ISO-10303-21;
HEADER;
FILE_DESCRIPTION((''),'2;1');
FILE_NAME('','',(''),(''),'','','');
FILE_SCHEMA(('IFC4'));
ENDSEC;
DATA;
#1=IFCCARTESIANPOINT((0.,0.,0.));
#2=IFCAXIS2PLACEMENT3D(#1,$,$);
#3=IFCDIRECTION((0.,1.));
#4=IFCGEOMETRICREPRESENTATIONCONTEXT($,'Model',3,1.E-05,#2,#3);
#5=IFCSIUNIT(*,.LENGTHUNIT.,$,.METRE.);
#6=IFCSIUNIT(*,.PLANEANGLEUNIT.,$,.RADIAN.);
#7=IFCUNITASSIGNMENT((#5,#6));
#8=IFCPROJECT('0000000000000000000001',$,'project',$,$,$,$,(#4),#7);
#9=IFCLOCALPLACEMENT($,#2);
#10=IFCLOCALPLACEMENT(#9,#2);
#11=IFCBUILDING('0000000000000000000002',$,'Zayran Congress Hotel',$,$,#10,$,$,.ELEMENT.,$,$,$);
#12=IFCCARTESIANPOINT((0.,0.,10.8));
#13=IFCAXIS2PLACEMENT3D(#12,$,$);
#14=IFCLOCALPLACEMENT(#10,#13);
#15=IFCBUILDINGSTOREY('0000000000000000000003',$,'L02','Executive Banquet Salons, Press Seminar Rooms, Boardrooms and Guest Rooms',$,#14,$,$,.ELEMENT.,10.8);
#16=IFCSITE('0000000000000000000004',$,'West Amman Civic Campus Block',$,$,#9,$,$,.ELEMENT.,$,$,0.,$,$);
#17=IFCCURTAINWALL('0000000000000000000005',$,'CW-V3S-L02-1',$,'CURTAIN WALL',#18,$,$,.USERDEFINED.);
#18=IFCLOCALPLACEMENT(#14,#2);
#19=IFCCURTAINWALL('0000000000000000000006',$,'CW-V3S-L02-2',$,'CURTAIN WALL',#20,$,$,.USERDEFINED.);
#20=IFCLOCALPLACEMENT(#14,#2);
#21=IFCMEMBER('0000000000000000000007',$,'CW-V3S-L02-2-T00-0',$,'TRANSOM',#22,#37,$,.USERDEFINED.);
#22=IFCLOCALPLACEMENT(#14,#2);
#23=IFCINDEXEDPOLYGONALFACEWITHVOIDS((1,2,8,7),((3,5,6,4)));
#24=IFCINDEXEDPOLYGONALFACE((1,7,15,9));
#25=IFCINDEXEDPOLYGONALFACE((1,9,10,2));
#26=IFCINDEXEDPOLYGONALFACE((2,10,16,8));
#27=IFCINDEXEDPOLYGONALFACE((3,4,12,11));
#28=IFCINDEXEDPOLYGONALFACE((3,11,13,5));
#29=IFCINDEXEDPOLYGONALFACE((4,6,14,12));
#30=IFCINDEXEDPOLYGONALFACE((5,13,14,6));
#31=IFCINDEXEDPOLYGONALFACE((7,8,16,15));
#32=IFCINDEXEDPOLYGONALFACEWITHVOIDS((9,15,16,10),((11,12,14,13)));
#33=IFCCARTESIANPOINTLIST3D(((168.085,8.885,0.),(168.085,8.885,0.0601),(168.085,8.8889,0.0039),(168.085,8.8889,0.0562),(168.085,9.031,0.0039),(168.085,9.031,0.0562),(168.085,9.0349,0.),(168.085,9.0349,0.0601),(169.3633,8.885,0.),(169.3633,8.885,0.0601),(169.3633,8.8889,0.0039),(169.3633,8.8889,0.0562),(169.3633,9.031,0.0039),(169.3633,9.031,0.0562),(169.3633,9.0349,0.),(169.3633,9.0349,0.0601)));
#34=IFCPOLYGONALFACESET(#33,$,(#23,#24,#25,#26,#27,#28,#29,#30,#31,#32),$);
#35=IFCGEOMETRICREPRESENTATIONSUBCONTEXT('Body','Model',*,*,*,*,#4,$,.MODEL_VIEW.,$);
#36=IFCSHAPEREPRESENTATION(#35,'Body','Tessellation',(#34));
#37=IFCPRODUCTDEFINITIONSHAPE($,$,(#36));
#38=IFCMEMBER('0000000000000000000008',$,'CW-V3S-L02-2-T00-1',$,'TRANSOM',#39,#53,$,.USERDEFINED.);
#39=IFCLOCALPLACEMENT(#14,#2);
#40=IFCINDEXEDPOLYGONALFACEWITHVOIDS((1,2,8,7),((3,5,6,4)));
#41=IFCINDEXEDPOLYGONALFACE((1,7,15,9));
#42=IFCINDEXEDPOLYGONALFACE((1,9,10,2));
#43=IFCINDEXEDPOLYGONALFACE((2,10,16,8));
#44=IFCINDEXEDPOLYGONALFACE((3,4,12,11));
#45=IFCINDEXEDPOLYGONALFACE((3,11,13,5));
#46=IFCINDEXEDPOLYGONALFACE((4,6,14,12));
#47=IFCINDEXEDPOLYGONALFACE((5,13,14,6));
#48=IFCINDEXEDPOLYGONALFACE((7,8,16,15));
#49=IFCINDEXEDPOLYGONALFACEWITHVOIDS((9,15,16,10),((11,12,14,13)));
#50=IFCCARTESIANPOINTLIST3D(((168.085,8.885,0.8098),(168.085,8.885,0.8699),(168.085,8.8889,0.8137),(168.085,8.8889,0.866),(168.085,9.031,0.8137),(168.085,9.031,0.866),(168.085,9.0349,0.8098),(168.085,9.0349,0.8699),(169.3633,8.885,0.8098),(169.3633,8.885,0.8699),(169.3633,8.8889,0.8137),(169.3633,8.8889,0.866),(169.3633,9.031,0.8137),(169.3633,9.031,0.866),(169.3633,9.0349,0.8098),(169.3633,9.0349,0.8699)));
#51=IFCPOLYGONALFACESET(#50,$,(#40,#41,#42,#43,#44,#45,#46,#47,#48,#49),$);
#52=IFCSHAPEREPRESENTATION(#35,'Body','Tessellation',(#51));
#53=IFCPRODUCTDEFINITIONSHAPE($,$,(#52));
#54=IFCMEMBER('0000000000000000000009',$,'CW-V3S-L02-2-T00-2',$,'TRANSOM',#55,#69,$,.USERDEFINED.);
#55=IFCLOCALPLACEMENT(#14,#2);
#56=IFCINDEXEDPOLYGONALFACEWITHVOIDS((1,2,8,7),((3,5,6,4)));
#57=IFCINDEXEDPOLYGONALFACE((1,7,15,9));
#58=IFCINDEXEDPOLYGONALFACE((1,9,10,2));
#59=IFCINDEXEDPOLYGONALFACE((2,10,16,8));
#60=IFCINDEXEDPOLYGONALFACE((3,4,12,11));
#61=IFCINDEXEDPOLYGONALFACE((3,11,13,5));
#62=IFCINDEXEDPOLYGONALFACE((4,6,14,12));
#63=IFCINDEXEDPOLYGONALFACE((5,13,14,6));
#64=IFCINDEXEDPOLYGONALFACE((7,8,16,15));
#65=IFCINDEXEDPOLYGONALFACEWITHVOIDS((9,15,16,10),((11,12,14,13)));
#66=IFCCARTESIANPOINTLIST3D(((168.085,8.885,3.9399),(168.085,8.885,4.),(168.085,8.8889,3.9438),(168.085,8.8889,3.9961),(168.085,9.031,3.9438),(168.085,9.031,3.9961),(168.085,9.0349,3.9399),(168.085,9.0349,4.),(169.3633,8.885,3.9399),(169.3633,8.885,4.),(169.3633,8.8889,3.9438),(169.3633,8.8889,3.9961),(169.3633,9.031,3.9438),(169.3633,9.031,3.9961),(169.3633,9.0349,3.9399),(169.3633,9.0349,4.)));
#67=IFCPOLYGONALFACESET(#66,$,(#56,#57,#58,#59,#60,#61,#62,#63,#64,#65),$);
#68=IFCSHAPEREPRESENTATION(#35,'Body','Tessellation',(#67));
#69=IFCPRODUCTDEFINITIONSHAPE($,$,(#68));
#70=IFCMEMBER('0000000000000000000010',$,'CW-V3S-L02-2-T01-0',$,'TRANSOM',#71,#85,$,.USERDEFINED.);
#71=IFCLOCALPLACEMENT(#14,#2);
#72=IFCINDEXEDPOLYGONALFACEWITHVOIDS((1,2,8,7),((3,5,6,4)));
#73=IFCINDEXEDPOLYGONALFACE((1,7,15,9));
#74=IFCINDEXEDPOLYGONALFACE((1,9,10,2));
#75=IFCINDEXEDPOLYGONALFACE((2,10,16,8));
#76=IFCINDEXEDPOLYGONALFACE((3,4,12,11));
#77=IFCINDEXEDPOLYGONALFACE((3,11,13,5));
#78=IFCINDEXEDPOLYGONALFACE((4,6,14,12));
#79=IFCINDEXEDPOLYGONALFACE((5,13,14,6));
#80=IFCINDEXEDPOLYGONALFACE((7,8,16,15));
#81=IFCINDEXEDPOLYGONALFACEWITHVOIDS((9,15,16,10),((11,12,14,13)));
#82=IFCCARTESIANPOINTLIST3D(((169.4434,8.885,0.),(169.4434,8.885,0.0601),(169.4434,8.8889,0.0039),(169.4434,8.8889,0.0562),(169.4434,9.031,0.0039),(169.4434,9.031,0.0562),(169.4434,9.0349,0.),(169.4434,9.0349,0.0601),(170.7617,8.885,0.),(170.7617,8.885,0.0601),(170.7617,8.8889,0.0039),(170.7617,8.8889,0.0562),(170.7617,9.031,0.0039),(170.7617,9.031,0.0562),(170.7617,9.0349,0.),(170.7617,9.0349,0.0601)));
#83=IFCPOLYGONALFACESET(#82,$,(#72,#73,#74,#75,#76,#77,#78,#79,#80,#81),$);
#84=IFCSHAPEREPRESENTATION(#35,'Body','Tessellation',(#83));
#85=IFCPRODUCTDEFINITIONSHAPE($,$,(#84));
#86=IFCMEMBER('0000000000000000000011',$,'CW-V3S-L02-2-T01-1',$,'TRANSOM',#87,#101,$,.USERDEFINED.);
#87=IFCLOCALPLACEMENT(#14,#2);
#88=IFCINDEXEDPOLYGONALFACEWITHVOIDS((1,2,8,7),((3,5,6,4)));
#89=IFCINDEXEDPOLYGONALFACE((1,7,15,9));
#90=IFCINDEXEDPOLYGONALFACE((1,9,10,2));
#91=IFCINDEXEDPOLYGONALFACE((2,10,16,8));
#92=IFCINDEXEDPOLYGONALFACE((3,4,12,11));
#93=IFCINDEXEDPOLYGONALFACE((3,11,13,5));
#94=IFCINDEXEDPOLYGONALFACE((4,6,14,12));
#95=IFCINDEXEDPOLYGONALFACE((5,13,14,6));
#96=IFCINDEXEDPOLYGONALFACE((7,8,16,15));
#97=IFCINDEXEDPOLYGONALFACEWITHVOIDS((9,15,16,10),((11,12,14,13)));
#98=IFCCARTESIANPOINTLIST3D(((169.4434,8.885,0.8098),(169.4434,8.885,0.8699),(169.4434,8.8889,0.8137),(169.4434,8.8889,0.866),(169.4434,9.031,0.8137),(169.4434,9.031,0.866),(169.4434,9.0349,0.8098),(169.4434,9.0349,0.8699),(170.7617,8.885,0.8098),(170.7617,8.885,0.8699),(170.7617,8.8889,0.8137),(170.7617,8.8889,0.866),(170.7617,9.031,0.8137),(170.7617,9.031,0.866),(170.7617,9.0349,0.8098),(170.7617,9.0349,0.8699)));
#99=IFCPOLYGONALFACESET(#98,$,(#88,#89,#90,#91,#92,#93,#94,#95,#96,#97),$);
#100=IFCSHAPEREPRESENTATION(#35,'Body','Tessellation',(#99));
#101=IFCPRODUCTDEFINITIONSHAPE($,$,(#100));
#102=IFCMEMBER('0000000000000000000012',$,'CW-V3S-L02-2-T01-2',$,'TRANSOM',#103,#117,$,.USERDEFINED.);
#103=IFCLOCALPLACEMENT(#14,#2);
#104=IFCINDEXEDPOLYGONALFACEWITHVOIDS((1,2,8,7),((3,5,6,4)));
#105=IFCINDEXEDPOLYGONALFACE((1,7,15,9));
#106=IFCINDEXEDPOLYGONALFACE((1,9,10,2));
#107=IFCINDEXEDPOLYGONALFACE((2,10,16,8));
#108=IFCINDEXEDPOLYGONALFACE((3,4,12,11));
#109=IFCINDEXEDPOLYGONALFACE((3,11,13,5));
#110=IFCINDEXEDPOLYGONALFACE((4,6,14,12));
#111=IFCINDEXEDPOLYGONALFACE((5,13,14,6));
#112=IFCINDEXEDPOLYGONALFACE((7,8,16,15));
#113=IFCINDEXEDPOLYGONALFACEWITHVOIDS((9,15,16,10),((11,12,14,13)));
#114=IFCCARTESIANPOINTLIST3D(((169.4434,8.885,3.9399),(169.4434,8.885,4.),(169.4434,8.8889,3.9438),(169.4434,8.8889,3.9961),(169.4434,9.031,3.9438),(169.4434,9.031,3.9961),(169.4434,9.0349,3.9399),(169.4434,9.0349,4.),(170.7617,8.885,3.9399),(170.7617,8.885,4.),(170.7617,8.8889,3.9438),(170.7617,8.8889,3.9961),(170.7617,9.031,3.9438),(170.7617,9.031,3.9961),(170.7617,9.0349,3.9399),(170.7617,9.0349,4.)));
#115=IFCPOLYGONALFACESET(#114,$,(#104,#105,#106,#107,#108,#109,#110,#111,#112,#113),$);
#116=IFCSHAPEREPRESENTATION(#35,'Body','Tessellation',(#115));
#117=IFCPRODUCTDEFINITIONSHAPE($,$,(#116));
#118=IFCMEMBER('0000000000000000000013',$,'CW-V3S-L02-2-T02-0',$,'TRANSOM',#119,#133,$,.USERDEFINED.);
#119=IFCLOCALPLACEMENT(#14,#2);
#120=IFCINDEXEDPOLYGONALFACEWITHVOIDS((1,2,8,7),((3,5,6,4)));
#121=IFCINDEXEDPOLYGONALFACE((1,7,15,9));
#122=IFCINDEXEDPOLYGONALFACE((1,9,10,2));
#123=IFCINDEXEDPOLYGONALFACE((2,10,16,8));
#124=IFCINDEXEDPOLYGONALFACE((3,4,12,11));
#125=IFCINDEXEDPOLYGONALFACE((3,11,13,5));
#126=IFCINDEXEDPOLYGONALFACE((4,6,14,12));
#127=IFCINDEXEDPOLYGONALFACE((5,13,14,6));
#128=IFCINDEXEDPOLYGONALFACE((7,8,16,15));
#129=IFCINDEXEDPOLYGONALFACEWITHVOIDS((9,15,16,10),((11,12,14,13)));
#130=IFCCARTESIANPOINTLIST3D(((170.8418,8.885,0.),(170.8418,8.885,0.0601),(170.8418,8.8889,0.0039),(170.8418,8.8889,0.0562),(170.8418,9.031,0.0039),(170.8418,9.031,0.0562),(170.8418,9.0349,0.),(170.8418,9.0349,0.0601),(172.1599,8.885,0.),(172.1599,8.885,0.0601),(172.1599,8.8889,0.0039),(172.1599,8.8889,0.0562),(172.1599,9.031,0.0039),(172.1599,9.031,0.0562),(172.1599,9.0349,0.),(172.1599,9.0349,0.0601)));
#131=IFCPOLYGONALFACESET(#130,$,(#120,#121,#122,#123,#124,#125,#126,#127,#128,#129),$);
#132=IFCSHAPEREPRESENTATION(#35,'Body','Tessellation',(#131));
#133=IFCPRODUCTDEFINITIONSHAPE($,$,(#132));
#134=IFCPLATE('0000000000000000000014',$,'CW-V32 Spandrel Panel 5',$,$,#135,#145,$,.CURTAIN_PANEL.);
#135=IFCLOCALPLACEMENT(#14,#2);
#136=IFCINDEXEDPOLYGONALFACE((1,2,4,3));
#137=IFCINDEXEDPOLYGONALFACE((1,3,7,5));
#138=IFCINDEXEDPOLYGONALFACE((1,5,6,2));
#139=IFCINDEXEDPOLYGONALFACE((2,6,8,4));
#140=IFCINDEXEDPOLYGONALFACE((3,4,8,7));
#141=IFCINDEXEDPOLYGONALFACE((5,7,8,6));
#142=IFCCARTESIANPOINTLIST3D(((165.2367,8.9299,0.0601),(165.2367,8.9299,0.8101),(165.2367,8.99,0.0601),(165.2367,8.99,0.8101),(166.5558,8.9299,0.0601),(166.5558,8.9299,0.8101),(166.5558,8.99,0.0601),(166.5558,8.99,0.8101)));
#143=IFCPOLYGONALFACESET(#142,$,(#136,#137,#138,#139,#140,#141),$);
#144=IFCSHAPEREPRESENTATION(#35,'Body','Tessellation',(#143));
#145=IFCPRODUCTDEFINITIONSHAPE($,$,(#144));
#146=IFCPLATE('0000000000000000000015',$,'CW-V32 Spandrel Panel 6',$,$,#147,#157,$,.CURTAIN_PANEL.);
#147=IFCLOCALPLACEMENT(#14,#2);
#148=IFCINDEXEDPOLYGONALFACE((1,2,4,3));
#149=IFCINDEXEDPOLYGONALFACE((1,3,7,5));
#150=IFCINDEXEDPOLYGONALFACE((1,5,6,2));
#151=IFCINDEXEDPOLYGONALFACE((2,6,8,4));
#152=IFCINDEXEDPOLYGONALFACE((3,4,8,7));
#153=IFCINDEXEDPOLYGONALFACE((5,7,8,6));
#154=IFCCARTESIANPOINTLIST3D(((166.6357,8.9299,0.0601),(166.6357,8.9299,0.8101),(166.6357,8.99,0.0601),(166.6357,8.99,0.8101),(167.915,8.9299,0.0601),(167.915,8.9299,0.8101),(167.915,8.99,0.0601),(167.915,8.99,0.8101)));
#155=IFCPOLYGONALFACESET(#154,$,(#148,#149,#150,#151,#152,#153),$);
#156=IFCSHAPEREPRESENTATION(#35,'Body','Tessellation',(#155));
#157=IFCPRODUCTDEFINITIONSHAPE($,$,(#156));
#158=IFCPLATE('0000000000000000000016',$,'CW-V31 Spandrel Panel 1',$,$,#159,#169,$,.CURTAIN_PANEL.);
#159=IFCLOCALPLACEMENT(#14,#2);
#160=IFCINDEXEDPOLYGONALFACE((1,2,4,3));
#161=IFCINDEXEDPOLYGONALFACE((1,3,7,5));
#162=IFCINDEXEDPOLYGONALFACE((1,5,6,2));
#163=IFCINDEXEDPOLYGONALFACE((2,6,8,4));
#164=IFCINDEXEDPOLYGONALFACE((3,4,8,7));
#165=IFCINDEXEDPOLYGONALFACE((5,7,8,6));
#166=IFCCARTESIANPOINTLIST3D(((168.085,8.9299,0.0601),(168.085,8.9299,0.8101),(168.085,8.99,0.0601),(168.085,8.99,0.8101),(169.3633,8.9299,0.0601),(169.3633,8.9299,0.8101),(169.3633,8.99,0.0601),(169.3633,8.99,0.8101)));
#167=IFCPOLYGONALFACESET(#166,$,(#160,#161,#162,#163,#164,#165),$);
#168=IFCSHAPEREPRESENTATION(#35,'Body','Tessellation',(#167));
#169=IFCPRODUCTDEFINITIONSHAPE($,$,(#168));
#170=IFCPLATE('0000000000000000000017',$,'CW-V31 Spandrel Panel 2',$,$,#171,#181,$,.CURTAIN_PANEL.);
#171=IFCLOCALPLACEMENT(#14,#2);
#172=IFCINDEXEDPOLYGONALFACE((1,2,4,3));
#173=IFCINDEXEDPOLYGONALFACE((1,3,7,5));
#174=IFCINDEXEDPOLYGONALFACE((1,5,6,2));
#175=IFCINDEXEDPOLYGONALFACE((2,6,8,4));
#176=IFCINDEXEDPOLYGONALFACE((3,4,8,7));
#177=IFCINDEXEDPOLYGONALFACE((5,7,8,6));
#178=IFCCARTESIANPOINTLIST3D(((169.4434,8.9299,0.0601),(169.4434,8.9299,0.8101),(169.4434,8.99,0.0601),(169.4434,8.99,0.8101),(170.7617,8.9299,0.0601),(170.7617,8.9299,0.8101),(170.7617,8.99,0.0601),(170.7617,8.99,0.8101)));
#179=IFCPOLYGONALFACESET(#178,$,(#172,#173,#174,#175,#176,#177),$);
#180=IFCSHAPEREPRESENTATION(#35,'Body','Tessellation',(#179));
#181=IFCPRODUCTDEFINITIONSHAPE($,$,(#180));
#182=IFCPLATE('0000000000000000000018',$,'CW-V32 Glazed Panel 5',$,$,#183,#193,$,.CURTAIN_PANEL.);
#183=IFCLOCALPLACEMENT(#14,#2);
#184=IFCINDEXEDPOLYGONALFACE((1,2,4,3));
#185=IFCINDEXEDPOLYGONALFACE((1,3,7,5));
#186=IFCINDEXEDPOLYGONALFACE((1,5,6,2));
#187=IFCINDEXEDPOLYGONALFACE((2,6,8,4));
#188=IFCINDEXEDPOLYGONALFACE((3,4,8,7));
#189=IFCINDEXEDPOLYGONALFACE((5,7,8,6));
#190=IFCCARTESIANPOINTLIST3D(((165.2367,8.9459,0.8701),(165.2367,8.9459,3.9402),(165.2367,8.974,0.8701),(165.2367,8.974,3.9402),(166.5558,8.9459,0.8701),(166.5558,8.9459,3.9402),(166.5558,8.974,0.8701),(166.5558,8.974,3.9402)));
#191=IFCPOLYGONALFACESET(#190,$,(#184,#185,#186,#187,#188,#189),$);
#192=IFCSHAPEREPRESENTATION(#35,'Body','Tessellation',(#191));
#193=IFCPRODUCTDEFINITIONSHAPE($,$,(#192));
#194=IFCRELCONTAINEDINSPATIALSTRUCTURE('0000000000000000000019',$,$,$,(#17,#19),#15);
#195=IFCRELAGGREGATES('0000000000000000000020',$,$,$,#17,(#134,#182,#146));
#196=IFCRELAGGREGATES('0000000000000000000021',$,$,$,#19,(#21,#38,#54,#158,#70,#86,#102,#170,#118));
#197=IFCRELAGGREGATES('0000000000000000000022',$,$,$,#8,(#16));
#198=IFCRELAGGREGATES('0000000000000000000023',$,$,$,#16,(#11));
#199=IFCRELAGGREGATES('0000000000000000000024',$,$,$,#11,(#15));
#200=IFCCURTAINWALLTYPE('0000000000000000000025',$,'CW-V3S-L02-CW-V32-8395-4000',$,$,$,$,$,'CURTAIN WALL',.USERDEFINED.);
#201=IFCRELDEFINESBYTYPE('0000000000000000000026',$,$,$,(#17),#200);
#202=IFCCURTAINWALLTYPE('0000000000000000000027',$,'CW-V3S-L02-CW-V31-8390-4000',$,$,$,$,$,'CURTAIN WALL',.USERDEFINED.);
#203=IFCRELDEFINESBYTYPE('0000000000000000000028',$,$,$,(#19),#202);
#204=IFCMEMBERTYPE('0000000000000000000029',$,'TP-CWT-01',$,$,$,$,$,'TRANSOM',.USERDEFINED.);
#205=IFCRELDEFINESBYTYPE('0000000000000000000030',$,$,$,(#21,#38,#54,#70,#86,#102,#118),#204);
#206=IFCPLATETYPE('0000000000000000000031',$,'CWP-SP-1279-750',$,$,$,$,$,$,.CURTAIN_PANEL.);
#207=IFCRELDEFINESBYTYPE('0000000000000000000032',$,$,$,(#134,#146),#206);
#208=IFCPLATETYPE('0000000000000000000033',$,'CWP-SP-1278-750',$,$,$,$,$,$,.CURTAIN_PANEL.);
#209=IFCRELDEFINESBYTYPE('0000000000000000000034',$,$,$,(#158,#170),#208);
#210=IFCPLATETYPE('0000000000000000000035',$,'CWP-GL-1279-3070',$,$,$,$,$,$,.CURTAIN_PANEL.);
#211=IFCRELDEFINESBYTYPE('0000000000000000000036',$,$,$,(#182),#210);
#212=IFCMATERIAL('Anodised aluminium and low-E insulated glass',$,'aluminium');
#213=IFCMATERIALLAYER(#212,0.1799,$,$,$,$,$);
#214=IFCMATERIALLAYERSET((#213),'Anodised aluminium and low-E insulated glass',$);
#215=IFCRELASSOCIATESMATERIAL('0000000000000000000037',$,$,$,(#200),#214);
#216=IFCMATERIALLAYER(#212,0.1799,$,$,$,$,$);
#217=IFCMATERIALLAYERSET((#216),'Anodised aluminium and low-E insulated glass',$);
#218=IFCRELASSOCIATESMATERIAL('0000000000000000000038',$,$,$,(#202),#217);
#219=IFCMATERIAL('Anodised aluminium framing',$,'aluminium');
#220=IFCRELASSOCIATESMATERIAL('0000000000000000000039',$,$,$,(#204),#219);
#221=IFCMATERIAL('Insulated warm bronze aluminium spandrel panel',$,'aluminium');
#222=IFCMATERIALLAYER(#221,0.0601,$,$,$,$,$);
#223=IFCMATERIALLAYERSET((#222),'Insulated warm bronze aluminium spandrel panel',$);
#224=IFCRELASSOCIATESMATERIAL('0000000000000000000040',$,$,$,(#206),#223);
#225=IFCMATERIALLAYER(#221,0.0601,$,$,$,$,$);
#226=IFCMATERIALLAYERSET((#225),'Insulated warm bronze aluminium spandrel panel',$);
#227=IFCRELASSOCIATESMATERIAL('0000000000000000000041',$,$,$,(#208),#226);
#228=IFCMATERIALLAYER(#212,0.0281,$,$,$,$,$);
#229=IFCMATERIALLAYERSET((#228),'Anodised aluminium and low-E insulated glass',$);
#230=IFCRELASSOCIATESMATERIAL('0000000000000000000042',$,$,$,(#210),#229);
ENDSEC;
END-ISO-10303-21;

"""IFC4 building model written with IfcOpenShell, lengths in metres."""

from ifc_helpers import new_model, si_unit, direction, frame, origin, origin_2d, place, context, subcontext, project, spatial, rectangle, hollow_rectangle, extrude, material, layer, layer_set, material_profile, profile_set, type_object, element, aggregate, save


model = new_model("IFC4")

# Units and contexts
model_context = context("Model", 3, precision=1e-05, world=origin(), true_north=direction((0.0, 1.0)))
body_context = subcontext(model_context, "Body", "Model", "MODEL_VIEW")
ifc_project = project(units=[si_unit("LENGTHUNIT", "METRE"), si_unit("PLANEANGLEUNIT", "RADIAN")], contexts=[model_context])

# Site, building, storey
site_placement = place(None, origin())
site = spatial("IfcSite", under=ifc_project, at=site_placement, Name="West Amman Civic Campus Block", CompositionType="ELEMENT", RefElevation=0.0)
building_placement = place(site_placement, origin())
building = spatial("IfcBuilding", under=site, at=building_placement, Name="Zayran Congress Hotel", CompositionType="ELEMENT")
storey_placement = place(building_placement, frame((0.0, 0.0, 10.8)))
storey = spatial("IfcBuildingStorey", under=building, at=storey_placement, Name="L02", Description="Executive Banquet Salons, Press Seminar Rooms, Boardrooms and Guest Rooms", CompositionType="ELEMENT", Elevation=10.8)

# Curtain walls
ifc_material_1 = material(Name="Anodised aluminium and low-E insulated glass", Category="aluminium")
ifc_layer_1 = layer(ifc_material_1, 0.1799)
ifc_layer_set_1 = layer_set([ifc_layer_1], Name="Anodised aluminium and low-E insulated glass")
curtain_wall_type_1 = type_object("IfcCurtainWallType", Name="CW-V3S-L02-CW-V32-8395-4000", ElementType="CURTAIN WALL", PredefinedType="USERDEFINED", material=ifc_layer_set_1)
curtain_wall_1_placement = place(storey_placement, origin())
curtain_wall_1 = element("IfcCurtainWall", 1, at=curtain_wall_1_placement, inside=storey, type_object=curtain_wall_type_1, Name="CW-V3S-L02-1", ObjectType="CURTAIN WALL", PredefinedType="USERDEFINED")
ifc_material_2 = material(Name="Anodised aluminium framing", Category="aluminium")
ifc_layer_2 = layer(ifc_material_1, 0.1799)
ifc_layer_set_2 = layer_set([ifc_layer_2], Name="Anodised aluminium and low-E insulated glass")
curtain_wall_type_2 = type_object("IfcCurtainWallType", Name="CW-V3S-L02-CW-V31-8390-4000", ElementType="CURTAIN WALL", PredefinedType="USERDEFINED", material=ifc_layer_set_2)
curtain_wall_2_placement = place(storey_placement, origin())
curtain_wall_2 = element("IfcCurtainWall", 2, at=curtain_wall_2_placement, inside=storey, type_object=curtain_wall_type_2, Name="CW-V3S-L02-2", ObjectType="CURTAIN WALL", PredefinedType="USERDEFINED")

# Members
ifc_material_profile_1 = material_profile(ifc_material_2, hollow_rectangle(XDim=0.0601, YDim=0.1499, WallThickness=0.0039, at=origin_2d()), Name="RHS 150x60x4")
ifc_profile_set_1 = profile_set([ifc_material_profile_1], Name="Anodised aluminium framing")
member_type_1 = type_object("IfcMemberType", Name="TP-CWT-01", ElementType="TRANSOM", PredefinedType="USERDEFINED", material=ifc_profile_set_1)
member_1_placement = place(storey_placement, frame((168.085, 8.96, 0.03), z_axis=(1.0, 0.0, 0.0), x_axis=(0.0, 0.0, 1.0)))
member_1 = element("IfcMember", 3, at=member_1_placement, type_object=member_type_1, Name="CW-V3S-L02-2-T00-0", ObjectType="TRANSOM", PredefinedType="USERDEFINED", context=body_context, shape_type="SweptSolid", body=[
    extrude(hollow_rectangle(XDim=0.0601, YDim=0.1499, WallThickness=0.0039, at=origin_2d()), origin(), (0.0, 0.0, 1.0), 1.2783),
])
member_2_placement = place(storey_placement, frame((168.085, 8.96, 0.8398), z_axis=(1.0, 0.0, 0.0), x_axis=(0.0, 0.0, 1.0)))
member_2 = element("IfcMember", 4, at=member_2_placement, type_object=member_type_1, Name="CW-V3S-L02-2-T00-1", ObjectType="TRANSOM", PredefinedType="USERDEFINED", context=body_context, shape_type="SweptSolid", body=[
    extrude(hollow_rectangle(XDim=0.0601, YDim=0.1499, WallThickness=0.0039, at=origin_2d()), origin(), (0.0, 0.0, 1.0), 1.2783),
])
member_3_placement = place(storey_placement, frame((168.085, 8.96, 3.97), z_axis=(1.0, 0.0, 0.0), x_axis=(0.0, 0.0, 1.0)))
member_3 = element("IfcMember", 5, at=member_3_placement, type_object=member_type_1, Name="CW-V3S-L02-2-T00-2", ObjectType="TRANSOM", PredefinedType="USERDEFINED", context=body_context, shape_type="SweptSolid", body=[
    extrude(hollow_rectangle(XDim=0.0601, YDim=0.1499, WallThickness=0.0039, at=origin_2d()), origin(), (0.0, 0.0, 1.0), 1.2783),
])
member_4_placement = place(storey_placement, frame((169.4434, 8.96, 0.03), z_axis=(1.0, 0.0, 0.0), x_axis=(0.0, 0.0, 1.0)))
member_4 = element("IfcMember", 6, at=member_4_placement, type_object=member_type_1, Name="CW-V3S-L02-2-T01-0", ObjectType="TRANSOM", PredefinedType="USERDEFINED", context=body_context, shape_type="SweptSolid", body=[
    extrude(hollow_rectangle(XDim=0.0601, YDim=0.1499, WallThickness=0.0039, at=origin_2d()), origin(), (0.0, 0.0, 1.0), 1.3184),
])
member_5_placement = place(storey_placement, frame((169.4434, 8.96, 0.8398), z_axis=(1.0, 0.0, 0.0), x_axis=(0.0, 0.0, 1.0)))
member_5 = element("IfcMember", 7, at=member_5_placement, type_object=member_type_1, Name="CW-V3S-L02-2-T01-1", ObjectType="TRANSOM", PredefinedType="USERDEFINED", context=body_context, shape_type="SweptSolid", body=[
    extrude(hollow_rectangle(XDim=0.0601, YDim=0.1499, WallThickness=0.0039, at=origin_2d()), origin(), (0.0, 0.0, 1.0), 1.3184),
])
member_6_placement = place(storey_placement, frame((169.4434, 8.96, 3.97), z_axis=(1.0, 0.0, 0.0), x_axis=(0.0, 0.0, 1.0)))
member_6 = element("IfcMember", 8, at=member_6_placement, type_object=member_type_1, Name="CW-V3S-L02-2-T01-2", ObjectType="TRANSOM", PredefinedType="USERDEFINED", context=body_context, shape_type="SweptSolid", body=[
    extrude(hollow_rectangle(XDim=0.0601, YDim=0.1499, WallThickness=0.0039, at=origin_2d()), origin(), (0.0, 0.0, 1.0), 1.3184),
])
member_7_placement = place(storey_placement, frame((170.8418, 8.96, 0.03), z_axis=(1.0, 0.0, 0.0), x_axis=(0.0, 0.0, 1.0)))
member_7 = element("IfcMember", 9, at=member_7_placement, type_object=member_type_1, Name="CW-V3S-L02-2-T02-0", ObjectType="TRANSOM", PredefinedType="USERDEFINED", context=body_context, shape_type="SweptSolid", body=[
    extrude(hollow_rectangle(XDim=0.0601, YDim=0.1499, WallThickness=0.0039, at=origin_2d()), origin(), (0.0, 0.0, 1.0), 1.3181),
])

# Plates
ifc_material_3 = material(Name="Insulated warm bronze aluminium spandrel panel", Category="aluminium")
ifc_layer_3 = layer(ifc_material_3, 0.0601)
ifc_layer_set_3 = layer_set([ifc_layer_3], Name="Insulated warm bronze aluminium spandrel panel")
plate_type_1 = type_object("IfcPlateType", Name="CWP-SP-1279-750", PredefinedType="CURTAIN_PANEL", material=ifc_layer_set_3)
plate_1_placement = place(storey_placement, frame((165.8962, 8.96, 0.0601), z_axis=(0.0, 0.0, 1.0), x_axis=(1.0, 0.0, 0.0)))
plate_1 = element("IfcPlate", 10, at=plate_1_placement, type_object=plate_type_1, Name="CW-V32 Spandrel Panel 5", PredefinedType="CURTAIN_PANEL", context=body_context, shape_type="SweptSolid", body=[
    extrude(rectangle(XDim=1.3191, YDim=0.0601, at=origin_2d()), origin(), (0.0, 0.0, 1.0), 0.75),
])
plate_2_placement = place(storey_placement, frame((167.2754, 8.96, 0.0601), z_axis=(0.0, 0.0, 1.0), x_axis=(1.0, 0.0, 0.0)))
plate_2 = element("IfcPlate", 11, at=plate_2_placement, type_object=plate_type_1, Name="CW-V32 Spandrel Panel 6", PredefinedType="CURTAIN_PANEL", context=body_context, shape_type="SweptSolid", body=[
    extrude(rectangle(XDim=1.2793, YDim=0.0601, at=origin_2d()), origin(), (0.0, 0.0, 1.0), 0.75),
])
ifc_layer_4 = layer(ifc_material_3, 0.0601)
ifc_layer_set_4 = layer_set([ifc_layer_4], Name="Insulated warm bronze aluminium spandrel panel")
plate_type_2 = type_object("IfcPlateType", Name="CWP-SP-1278-750", PredefinedType="CURTAIN_PANEL", material=ifc_layer_set_4)
plate_3_placement = place(storey_placement, frame((168.7241, 8.96, 0.0601), z_axis=(0.0, 0.0, 1.0), x_axis=(1.0, 0.0, 0.0)))
plate_3 = element("IfcPlate", 12, at=plate_3_placement, type_object=plate_type_2, Name="CW-V31 Spandrel Panel 1", PredefinedType="CURTAIN_PANEL", context=body_context, shape_type="SweptSolid", body=[
    extrude(rectangle(XDim=1.2783, YDim=0.0601, at=origin_2d()), origin(), (0.0, 0.0, 1.0), 0.75),
])
plate_4_placement = place(storey_placement, frame((170.1025, 8.96, 0.0601), z_axis=(0.0, 0.0, 1.0), x_axis=(1.0, 0.0, 0.0)))
plate_4 = element("IfcPlate", 13, at=plate_4_placement, type_object=plate_type_2, Name="CW-V31 Spandrel Panel 2", PredefinedType="CURTAIN_PANEL", context=body_context, shape_type="SweptSolid", body=[
    extrude(rectangle(XDim=1.3184, YDim=0.0601, at=origin_2d()), origin(), (0.0, 0.0, 1.0), 0.75),
])
ifc_layer_5 = layer(ifc_material_1, 0.0281)
ifc_layer_set_5 = layer_set([ifc_layer_5], Name="Anodised aluminium and low-E insulated glass")
plate_type_3 = type_object("IfcPlateType", Name="CWP-GL-1279-3070", PredefinedType="CURTAIN_PANEL", material=ifc_layer_set_5)
plate_5_placement = place(storey_placement, frame((165.8962, 8.96, 0.8701), z_axis=(0.0, 0.0, 1.0), x_axis=(1.0, 0.0, 0.0)))
plate_5 = element("IfcPlate", 14, at=plate_5_placement, type_object=plate_type_3, Name="CW-V32 Glazed Panel 5", PredefinedType="CURTAIN_PANEL", context=body_context, shape_type="SweptSolid", body=[
    extrude(rectangle(XDim=1.3191, YDim=0.0281, at=origin_2d()), origin(), (0.0, 0.0, 1.0), 3.0701),
])
aggregate(curtain_wall_1, [plate_1, plate_5, plate_2])
aggregate(curtain_wall_2, [member_1, member_2, member_3, plate_3, member_4, member_5, member_6, plate_4, member_7])

save(model, "model.ifc")
